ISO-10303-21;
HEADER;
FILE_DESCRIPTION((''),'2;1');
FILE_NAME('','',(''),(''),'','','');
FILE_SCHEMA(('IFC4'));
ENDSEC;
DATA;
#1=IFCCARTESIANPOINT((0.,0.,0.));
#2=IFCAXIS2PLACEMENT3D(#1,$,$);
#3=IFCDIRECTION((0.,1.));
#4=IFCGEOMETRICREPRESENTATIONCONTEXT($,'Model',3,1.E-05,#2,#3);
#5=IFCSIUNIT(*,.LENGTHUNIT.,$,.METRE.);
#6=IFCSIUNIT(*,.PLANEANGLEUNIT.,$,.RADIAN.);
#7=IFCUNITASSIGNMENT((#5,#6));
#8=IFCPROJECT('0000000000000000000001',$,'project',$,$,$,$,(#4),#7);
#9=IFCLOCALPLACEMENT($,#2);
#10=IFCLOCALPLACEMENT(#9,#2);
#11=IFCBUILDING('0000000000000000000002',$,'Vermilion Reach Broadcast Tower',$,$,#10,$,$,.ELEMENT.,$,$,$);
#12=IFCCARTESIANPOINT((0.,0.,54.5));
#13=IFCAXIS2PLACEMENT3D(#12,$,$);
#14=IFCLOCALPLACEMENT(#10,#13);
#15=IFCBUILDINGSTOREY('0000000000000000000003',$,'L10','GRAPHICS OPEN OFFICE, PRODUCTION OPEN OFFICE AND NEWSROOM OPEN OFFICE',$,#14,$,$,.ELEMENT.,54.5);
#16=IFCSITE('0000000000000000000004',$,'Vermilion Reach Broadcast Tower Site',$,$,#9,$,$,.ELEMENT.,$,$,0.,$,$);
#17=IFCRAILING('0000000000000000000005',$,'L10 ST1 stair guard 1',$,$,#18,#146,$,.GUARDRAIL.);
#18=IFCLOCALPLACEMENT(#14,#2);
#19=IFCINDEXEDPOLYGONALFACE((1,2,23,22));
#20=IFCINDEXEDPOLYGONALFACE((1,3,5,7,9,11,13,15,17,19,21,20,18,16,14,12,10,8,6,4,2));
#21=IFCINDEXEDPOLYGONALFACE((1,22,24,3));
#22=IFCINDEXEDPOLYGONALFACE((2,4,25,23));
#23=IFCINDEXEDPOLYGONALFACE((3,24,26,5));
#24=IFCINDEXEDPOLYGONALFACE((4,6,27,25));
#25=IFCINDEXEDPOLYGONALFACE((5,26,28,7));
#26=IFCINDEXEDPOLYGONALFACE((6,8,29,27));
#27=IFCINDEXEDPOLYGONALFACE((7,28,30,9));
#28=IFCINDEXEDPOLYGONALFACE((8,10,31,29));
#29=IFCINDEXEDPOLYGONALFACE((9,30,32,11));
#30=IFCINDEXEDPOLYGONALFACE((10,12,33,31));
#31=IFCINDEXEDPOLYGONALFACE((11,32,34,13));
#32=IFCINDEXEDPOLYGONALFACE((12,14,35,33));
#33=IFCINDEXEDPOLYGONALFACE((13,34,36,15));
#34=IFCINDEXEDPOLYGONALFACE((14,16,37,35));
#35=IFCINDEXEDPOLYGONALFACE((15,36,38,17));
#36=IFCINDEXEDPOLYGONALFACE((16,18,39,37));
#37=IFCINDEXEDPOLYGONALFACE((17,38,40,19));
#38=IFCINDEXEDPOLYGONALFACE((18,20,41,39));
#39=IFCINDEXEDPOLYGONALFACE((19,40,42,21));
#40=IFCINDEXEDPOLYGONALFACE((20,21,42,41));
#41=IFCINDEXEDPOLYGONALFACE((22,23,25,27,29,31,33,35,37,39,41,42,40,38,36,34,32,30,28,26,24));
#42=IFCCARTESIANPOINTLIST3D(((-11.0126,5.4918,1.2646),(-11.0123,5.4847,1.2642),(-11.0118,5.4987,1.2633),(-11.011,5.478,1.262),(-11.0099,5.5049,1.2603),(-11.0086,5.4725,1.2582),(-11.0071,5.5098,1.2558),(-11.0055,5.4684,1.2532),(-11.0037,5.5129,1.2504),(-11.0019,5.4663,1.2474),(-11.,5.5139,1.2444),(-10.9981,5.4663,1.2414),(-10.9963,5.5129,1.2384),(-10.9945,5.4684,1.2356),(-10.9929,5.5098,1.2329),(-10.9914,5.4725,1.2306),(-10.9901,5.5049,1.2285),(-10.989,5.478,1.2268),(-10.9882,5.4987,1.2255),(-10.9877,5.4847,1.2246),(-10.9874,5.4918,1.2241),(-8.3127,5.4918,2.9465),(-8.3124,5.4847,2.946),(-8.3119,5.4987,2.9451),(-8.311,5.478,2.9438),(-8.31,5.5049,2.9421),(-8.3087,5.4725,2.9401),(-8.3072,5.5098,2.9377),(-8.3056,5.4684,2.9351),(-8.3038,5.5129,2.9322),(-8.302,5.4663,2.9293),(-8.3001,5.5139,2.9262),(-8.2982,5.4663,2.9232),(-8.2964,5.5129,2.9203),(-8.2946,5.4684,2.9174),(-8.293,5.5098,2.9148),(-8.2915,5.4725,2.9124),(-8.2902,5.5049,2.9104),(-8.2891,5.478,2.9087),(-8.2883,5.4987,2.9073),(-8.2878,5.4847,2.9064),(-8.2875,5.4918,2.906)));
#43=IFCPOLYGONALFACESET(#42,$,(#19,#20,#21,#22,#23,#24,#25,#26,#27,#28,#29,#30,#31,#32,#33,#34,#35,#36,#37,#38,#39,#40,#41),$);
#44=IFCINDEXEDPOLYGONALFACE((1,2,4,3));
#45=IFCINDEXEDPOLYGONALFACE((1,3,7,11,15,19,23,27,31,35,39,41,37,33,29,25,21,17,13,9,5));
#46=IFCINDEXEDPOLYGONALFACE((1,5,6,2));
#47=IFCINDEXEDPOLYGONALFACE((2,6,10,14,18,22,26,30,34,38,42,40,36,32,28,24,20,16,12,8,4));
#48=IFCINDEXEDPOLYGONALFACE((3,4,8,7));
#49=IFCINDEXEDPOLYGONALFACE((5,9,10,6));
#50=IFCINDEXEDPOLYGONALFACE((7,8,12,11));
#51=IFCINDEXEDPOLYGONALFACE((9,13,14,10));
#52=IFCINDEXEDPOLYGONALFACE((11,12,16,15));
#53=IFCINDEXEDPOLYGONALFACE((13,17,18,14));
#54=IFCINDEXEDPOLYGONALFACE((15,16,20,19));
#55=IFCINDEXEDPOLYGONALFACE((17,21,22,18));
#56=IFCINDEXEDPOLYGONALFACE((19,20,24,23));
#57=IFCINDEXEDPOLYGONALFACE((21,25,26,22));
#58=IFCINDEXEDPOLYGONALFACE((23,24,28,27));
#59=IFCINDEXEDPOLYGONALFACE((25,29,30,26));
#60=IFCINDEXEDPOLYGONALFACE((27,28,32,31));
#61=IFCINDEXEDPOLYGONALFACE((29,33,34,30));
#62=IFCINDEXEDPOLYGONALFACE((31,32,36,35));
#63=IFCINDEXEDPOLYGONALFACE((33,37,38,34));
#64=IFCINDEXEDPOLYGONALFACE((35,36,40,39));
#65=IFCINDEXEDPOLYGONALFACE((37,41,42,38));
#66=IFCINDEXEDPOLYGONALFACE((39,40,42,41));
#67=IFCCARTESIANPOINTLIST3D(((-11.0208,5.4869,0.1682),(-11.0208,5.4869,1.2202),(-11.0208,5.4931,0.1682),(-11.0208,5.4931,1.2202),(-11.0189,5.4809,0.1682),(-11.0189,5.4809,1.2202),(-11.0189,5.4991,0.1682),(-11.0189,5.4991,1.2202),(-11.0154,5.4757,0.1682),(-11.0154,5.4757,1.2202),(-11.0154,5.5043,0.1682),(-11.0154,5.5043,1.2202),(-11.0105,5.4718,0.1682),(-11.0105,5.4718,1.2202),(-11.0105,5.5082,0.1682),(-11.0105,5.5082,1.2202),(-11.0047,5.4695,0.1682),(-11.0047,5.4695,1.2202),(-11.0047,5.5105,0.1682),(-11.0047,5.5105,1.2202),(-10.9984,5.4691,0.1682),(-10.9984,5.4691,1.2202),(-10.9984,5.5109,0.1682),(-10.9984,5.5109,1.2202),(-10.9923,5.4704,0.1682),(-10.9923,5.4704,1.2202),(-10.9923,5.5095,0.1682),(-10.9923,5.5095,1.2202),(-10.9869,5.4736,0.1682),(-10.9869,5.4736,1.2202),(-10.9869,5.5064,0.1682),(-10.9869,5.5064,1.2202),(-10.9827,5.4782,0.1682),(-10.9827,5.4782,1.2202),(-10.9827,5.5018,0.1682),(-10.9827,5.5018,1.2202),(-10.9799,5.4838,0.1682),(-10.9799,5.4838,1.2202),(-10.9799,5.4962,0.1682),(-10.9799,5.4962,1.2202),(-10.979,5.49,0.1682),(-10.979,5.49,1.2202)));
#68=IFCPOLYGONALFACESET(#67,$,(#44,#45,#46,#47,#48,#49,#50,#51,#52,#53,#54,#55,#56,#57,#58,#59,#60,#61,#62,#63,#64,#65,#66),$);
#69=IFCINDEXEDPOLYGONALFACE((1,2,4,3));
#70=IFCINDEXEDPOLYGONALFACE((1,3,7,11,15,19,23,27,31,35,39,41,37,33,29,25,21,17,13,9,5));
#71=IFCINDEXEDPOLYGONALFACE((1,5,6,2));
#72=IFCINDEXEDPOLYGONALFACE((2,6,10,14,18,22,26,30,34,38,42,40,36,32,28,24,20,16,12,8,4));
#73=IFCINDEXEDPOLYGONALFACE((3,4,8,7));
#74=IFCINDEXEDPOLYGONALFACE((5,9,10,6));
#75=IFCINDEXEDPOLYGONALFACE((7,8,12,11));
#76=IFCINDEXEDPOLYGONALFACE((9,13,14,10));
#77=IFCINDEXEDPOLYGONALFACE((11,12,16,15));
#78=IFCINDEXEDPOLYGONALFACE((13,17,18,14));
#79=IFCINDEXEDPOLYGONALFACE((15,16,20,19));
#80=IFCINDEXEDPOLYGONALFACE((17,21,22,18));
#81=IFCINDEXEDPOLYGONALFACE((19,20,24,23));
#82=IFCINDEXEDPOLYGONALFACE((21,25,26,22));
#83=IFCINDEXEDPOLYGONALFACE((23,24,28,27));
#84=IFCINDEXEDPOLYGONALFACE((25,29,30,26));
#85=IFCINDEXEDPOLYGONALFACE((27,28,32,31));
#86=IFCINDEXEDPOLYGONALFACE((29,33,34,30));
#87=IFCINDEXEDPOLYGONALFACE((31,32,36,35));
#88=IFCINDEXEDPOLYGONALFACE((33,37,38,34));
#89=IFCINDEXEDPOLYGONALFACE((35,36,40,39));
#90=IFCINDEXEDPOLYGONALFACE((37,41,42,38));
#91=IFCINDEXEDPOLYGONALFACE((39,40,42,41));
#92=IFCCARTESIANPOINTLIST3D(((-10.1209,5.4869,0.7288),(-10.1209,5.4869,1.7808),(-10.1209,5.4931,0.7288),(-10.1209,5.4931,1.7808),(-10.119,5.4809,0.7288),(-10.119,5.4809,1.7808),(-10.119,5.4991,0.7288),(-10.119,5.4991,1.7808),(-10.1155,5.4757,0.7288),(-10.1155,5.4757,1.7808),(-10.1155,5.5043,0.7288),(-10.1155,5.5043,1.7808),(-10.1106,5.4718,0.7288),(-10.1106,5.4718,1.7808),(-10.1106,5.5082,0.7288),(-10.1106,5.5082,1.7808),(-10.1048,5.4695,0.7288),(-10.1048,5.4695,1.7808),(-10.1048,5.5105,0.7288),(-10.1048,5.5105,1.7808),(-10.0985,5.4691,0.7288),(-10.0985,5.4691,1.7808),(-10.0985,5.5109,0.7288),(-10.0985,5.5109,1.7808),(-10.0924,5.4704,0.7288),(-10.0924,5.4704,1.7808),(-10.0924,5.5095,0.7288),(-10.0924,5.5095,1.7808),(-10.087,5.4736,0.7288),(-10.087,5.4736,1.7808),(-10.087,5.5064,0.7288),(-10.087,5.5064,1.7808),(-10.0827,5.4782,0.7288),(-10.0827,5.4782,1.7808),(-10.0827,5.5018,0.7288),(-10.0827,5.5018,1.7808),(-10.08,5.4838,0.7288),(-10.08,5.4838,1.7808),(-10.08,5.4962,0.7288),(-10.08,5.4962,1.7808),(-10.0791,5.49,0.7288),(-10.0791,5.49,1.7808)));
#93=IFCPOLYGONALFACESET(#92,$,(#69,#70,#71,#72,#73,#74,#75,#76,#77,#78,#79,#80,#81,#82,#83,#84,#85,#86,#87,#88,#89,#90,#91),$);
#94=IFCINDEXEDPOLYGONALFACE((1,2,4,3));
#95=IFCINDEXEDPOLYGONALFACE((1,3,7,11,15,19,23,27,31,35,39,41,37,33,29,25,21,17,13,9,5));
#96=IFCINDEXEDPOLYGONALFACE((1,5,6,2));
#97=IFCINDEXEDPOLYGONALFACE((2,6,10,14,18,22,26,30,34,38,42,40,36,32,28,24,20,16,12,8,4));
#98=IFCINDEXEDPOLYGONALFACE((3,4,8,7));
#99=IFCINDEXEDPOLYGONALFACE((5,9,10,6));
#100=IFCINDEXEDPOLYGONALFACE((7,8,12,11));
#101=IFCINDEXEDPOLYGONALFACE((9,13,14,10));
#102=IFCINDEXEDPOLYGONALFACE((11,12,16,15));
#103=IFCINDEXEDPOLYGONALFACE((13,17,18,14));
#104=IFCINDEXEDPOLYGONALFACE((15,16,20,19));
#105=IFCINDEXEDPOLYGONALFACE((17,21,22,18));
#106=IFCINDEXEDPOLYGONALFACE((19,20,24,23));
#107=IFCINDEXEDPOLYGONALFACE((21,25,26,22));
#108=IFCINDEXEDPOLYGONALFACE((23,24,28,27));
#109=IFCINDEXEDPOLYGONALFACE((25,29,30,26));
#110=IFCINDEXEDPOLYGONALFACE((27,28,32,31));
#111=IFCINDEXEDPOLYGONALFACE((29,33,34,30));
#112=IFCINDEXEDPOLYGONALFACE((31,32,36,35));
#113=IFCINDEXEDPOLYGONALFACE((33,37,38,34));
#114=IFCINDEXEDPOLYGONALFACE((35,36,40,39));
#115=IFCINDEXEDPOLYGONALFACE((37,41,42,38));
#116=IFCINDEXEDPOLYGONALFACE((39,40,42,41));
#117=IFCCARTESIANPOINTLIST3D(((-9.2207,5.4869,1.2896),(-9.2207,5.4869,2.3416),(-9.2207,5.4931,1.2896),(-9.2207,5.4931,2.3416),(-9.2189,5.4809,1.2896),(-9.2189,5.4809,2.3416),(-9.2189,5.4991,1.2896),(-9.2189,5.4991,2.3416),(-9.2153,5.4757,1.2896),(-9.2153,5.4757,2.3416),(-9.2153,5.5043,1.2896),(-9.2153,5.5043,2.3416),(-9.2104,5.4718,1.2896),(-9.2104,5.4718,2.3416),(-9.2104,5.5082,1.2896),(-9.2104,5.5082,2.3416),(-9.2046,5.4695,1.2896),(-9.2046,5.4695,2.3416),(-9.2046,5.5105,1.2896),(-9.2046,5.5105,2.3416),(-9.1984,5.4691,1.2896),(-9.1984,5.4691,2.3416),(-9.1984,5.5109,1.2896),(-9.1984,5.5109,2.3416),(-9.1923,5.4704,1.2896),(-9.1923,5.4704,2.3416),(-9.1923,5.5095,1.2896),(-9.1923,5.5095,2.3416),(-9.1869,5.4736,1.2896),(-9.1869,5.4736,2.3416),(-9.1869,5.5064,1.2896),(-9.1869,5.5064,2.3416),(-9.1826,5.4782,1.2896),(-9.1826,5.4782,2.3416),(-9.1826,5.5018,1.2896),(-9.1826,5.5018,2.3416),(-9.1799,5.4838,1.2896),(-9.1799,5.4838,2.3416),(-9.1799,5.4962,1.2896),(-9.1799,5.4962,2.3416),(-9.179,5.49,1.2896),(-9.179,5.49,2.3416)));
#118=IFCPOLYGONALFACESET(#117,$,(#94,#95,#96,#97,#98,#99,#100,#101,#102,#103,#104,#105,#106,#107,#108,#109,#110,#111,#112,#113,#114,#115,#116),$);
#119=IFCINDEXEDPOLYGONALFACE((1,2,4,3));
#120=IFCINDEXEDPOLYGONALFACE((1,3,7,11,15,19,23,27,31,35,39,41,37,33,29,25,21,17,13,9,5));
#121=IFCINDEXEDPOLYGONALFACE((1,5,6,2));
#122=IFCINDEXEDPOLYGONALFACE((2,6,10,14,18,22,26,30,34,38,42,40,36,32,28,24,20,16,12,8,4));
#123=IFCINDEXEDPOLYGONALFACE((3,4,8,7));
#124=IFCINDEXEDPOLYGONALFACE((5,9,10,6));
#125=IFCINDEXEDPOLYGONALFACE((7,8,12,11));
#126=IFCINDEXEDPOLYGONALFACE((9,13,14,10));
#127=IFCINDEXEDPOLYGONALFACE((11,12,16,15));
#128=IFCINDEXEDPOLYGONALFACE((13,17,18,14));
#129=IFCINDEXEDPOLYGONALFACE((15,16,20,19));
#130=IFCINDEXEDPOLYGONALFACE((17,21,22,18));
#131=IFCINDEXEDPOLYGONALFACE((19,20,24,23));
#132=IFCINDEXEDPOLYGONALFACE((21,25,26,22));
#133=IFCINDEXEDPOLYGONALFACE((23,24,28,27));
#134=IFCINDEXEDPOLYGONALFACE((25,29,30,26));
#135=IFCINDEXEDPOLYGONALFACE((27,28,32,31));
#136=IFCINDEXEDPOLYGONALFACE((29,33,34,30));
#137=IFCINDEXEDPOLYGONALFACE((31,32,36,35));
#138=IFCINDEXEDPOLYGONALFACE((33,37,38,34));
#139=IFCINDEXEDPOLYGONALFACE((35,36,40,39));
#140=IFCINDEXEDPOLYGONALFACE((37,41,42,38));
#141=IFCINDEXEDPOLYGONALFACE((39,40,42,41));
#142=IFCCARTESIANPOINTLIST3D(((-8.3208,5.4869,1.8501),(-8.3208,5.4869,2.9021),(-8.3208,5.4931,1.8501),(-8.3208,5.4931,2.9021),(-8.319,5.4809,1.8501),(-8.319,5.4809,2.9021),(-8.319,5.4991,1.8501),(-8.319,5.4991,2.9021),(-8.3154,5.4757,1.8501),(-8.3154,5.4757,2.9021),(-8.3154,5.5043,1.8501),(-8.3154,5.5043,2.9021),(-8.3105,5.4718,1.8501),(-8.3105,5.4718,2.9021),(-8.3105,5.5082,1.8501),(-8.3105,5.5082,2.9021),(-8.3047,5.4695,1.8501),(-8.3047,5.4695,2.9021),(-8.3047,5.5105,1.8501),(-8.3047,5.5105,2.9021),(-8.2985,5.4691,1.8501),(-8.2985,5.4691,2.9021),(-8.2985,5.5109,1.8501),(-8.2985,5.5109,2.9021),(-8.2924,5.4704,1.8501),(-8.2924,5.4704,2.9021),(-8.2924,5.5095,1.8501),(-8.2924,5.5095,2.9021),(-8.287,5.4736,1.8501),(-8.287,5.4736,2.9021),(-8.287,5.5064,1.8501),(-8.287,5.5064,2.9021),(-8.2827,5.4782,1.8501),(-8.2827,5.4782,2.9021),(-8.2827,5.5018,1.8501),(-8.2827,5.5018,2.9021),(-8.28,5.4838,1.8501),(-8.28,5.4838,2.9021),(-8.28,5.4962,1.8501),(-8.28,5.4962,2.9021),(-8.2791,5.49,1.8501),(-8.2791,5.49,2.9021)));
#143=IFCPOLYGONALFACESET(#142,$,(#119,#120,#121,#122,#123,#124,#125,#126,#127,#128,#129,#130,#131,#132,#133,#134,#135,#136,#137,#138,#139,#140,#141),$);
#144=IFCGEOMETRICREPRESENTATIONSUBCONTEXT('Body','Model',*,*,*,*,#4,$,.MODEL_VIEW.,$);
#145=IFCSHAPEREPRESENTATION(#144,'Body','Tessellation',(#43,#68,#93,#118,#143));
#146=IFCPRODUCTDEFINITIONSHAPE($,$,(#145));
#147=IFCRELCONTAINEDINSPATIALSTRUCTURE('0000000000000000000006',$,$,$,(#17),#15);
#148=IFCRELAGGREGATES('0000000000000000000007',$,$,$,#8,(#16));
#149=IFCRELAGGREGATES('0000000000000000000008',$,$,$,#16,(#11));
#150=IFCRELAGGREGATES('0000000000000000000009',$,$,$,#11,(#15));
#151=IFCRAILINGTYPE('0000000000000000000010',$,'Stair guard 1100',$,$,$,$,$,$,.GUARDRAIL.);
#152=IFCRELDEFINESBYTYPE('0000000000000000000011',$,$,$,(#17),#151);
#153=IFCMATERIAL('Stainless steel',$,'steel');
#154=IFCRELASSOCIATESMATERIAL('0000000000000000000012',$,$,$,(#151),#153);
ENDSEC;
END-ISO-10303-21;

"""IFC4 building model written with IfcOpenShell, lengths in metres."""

from ifc_helpers import new_model, si_unit, direction, frame, origin, origin_2d, place, context, subcontext, project, spatial, circle, extrude, material, type_object, element, save


model = new_model("IFC4")

# Units and contexts
model_context = context("Model", 3, precision=1e-05, world=origin(), true_north=direction((0.0, 1.0)))
body_context = subcontext(model_context, "Body", "Model", "MODEL_VIEW")
ifc_project = project(units=[si_unit("LENGTHUNIT", "METRE"), si_unit("PLANEANGLEUNIT", "RADIAN")], contexts=[model_context])

# Site, building, storey
site_placement = place(None, origin())
site = spatial("IfcSite", under=ifc_project, at=site_placement, Name="Vermilion Reach Broadcast Tower Site", CompositionType="ELEMENT", RefElevation=0.0)
building_placement = place(site_placement, origin())
building = spatial("IfcBuilding", under=site, at=building_placement, Name="Vermilion Reach Broadcast Tower", CompositionType="ELEMENT")
storey_placement = place(building_placement, frame((0.0, 0.0, 54.5)))
storey = spatial("IfcBuildingStorey", under=building, at=storey_placement, Name="L10", Description="GRAPHICS OPEN OFFICE, PRODUCTION OPEN OFFICE AND NEWSROOM OPEN OFFICE", CompositionType="ELEMENT", Elevation=54.5)

# Railing
ifc_material_1 = material(Name="Stainless steel", Category="steel")
railing_type_1 = type_object("IfcRailingType", Name="Stair guard 1100", PredefinedType="GUARDRAIL", material=ifc_material_1)
railing_1_placement = place(storey_placement, frame((-11.0, 5.49, 0.1682)))
element("IfcRailing", 1, at=railing_1_placement, inside=storey, type_object=railing_type_1, Name="L10 ST1 stair guard 1", PredefinedType="GUARDRAIL", context=body_context, shape_type="SweptSolid", body=[
    extrude(circle(Radius=0.0239, at=origin_2d()), frame((0.0, 0.0, 1.0762), z_axis=(0.848786, 0.0, 0.528736), x_axis=(0.0, 1.0, 0.0)), (0.0, 0.0, 1.0), 3.1809),
    extrude(circle(Radius=0.021, at=origin_2d()), origin(), (0.0, 0.0, 1.0), 1.052),
    extrude(circle(Radius=0.021, at=origin_2d()), frame((0.8999, 0.0, 0.5605)), (0.0, 0.0, 1.0), 1.052),
    extrude(circle(Radius=0.021, at=origin_2d()), frame((1.8, 0.0, 1.1213)), (0.0, 0.0, 1.0), 1.052),
    extrude(circle(Radius=0.021, at=origin_2d()), frame((2.7, 0.0, 1.6819)), (0.0, 0.0, 1.0), 1.052),
])

save(model, "model.ifc")
